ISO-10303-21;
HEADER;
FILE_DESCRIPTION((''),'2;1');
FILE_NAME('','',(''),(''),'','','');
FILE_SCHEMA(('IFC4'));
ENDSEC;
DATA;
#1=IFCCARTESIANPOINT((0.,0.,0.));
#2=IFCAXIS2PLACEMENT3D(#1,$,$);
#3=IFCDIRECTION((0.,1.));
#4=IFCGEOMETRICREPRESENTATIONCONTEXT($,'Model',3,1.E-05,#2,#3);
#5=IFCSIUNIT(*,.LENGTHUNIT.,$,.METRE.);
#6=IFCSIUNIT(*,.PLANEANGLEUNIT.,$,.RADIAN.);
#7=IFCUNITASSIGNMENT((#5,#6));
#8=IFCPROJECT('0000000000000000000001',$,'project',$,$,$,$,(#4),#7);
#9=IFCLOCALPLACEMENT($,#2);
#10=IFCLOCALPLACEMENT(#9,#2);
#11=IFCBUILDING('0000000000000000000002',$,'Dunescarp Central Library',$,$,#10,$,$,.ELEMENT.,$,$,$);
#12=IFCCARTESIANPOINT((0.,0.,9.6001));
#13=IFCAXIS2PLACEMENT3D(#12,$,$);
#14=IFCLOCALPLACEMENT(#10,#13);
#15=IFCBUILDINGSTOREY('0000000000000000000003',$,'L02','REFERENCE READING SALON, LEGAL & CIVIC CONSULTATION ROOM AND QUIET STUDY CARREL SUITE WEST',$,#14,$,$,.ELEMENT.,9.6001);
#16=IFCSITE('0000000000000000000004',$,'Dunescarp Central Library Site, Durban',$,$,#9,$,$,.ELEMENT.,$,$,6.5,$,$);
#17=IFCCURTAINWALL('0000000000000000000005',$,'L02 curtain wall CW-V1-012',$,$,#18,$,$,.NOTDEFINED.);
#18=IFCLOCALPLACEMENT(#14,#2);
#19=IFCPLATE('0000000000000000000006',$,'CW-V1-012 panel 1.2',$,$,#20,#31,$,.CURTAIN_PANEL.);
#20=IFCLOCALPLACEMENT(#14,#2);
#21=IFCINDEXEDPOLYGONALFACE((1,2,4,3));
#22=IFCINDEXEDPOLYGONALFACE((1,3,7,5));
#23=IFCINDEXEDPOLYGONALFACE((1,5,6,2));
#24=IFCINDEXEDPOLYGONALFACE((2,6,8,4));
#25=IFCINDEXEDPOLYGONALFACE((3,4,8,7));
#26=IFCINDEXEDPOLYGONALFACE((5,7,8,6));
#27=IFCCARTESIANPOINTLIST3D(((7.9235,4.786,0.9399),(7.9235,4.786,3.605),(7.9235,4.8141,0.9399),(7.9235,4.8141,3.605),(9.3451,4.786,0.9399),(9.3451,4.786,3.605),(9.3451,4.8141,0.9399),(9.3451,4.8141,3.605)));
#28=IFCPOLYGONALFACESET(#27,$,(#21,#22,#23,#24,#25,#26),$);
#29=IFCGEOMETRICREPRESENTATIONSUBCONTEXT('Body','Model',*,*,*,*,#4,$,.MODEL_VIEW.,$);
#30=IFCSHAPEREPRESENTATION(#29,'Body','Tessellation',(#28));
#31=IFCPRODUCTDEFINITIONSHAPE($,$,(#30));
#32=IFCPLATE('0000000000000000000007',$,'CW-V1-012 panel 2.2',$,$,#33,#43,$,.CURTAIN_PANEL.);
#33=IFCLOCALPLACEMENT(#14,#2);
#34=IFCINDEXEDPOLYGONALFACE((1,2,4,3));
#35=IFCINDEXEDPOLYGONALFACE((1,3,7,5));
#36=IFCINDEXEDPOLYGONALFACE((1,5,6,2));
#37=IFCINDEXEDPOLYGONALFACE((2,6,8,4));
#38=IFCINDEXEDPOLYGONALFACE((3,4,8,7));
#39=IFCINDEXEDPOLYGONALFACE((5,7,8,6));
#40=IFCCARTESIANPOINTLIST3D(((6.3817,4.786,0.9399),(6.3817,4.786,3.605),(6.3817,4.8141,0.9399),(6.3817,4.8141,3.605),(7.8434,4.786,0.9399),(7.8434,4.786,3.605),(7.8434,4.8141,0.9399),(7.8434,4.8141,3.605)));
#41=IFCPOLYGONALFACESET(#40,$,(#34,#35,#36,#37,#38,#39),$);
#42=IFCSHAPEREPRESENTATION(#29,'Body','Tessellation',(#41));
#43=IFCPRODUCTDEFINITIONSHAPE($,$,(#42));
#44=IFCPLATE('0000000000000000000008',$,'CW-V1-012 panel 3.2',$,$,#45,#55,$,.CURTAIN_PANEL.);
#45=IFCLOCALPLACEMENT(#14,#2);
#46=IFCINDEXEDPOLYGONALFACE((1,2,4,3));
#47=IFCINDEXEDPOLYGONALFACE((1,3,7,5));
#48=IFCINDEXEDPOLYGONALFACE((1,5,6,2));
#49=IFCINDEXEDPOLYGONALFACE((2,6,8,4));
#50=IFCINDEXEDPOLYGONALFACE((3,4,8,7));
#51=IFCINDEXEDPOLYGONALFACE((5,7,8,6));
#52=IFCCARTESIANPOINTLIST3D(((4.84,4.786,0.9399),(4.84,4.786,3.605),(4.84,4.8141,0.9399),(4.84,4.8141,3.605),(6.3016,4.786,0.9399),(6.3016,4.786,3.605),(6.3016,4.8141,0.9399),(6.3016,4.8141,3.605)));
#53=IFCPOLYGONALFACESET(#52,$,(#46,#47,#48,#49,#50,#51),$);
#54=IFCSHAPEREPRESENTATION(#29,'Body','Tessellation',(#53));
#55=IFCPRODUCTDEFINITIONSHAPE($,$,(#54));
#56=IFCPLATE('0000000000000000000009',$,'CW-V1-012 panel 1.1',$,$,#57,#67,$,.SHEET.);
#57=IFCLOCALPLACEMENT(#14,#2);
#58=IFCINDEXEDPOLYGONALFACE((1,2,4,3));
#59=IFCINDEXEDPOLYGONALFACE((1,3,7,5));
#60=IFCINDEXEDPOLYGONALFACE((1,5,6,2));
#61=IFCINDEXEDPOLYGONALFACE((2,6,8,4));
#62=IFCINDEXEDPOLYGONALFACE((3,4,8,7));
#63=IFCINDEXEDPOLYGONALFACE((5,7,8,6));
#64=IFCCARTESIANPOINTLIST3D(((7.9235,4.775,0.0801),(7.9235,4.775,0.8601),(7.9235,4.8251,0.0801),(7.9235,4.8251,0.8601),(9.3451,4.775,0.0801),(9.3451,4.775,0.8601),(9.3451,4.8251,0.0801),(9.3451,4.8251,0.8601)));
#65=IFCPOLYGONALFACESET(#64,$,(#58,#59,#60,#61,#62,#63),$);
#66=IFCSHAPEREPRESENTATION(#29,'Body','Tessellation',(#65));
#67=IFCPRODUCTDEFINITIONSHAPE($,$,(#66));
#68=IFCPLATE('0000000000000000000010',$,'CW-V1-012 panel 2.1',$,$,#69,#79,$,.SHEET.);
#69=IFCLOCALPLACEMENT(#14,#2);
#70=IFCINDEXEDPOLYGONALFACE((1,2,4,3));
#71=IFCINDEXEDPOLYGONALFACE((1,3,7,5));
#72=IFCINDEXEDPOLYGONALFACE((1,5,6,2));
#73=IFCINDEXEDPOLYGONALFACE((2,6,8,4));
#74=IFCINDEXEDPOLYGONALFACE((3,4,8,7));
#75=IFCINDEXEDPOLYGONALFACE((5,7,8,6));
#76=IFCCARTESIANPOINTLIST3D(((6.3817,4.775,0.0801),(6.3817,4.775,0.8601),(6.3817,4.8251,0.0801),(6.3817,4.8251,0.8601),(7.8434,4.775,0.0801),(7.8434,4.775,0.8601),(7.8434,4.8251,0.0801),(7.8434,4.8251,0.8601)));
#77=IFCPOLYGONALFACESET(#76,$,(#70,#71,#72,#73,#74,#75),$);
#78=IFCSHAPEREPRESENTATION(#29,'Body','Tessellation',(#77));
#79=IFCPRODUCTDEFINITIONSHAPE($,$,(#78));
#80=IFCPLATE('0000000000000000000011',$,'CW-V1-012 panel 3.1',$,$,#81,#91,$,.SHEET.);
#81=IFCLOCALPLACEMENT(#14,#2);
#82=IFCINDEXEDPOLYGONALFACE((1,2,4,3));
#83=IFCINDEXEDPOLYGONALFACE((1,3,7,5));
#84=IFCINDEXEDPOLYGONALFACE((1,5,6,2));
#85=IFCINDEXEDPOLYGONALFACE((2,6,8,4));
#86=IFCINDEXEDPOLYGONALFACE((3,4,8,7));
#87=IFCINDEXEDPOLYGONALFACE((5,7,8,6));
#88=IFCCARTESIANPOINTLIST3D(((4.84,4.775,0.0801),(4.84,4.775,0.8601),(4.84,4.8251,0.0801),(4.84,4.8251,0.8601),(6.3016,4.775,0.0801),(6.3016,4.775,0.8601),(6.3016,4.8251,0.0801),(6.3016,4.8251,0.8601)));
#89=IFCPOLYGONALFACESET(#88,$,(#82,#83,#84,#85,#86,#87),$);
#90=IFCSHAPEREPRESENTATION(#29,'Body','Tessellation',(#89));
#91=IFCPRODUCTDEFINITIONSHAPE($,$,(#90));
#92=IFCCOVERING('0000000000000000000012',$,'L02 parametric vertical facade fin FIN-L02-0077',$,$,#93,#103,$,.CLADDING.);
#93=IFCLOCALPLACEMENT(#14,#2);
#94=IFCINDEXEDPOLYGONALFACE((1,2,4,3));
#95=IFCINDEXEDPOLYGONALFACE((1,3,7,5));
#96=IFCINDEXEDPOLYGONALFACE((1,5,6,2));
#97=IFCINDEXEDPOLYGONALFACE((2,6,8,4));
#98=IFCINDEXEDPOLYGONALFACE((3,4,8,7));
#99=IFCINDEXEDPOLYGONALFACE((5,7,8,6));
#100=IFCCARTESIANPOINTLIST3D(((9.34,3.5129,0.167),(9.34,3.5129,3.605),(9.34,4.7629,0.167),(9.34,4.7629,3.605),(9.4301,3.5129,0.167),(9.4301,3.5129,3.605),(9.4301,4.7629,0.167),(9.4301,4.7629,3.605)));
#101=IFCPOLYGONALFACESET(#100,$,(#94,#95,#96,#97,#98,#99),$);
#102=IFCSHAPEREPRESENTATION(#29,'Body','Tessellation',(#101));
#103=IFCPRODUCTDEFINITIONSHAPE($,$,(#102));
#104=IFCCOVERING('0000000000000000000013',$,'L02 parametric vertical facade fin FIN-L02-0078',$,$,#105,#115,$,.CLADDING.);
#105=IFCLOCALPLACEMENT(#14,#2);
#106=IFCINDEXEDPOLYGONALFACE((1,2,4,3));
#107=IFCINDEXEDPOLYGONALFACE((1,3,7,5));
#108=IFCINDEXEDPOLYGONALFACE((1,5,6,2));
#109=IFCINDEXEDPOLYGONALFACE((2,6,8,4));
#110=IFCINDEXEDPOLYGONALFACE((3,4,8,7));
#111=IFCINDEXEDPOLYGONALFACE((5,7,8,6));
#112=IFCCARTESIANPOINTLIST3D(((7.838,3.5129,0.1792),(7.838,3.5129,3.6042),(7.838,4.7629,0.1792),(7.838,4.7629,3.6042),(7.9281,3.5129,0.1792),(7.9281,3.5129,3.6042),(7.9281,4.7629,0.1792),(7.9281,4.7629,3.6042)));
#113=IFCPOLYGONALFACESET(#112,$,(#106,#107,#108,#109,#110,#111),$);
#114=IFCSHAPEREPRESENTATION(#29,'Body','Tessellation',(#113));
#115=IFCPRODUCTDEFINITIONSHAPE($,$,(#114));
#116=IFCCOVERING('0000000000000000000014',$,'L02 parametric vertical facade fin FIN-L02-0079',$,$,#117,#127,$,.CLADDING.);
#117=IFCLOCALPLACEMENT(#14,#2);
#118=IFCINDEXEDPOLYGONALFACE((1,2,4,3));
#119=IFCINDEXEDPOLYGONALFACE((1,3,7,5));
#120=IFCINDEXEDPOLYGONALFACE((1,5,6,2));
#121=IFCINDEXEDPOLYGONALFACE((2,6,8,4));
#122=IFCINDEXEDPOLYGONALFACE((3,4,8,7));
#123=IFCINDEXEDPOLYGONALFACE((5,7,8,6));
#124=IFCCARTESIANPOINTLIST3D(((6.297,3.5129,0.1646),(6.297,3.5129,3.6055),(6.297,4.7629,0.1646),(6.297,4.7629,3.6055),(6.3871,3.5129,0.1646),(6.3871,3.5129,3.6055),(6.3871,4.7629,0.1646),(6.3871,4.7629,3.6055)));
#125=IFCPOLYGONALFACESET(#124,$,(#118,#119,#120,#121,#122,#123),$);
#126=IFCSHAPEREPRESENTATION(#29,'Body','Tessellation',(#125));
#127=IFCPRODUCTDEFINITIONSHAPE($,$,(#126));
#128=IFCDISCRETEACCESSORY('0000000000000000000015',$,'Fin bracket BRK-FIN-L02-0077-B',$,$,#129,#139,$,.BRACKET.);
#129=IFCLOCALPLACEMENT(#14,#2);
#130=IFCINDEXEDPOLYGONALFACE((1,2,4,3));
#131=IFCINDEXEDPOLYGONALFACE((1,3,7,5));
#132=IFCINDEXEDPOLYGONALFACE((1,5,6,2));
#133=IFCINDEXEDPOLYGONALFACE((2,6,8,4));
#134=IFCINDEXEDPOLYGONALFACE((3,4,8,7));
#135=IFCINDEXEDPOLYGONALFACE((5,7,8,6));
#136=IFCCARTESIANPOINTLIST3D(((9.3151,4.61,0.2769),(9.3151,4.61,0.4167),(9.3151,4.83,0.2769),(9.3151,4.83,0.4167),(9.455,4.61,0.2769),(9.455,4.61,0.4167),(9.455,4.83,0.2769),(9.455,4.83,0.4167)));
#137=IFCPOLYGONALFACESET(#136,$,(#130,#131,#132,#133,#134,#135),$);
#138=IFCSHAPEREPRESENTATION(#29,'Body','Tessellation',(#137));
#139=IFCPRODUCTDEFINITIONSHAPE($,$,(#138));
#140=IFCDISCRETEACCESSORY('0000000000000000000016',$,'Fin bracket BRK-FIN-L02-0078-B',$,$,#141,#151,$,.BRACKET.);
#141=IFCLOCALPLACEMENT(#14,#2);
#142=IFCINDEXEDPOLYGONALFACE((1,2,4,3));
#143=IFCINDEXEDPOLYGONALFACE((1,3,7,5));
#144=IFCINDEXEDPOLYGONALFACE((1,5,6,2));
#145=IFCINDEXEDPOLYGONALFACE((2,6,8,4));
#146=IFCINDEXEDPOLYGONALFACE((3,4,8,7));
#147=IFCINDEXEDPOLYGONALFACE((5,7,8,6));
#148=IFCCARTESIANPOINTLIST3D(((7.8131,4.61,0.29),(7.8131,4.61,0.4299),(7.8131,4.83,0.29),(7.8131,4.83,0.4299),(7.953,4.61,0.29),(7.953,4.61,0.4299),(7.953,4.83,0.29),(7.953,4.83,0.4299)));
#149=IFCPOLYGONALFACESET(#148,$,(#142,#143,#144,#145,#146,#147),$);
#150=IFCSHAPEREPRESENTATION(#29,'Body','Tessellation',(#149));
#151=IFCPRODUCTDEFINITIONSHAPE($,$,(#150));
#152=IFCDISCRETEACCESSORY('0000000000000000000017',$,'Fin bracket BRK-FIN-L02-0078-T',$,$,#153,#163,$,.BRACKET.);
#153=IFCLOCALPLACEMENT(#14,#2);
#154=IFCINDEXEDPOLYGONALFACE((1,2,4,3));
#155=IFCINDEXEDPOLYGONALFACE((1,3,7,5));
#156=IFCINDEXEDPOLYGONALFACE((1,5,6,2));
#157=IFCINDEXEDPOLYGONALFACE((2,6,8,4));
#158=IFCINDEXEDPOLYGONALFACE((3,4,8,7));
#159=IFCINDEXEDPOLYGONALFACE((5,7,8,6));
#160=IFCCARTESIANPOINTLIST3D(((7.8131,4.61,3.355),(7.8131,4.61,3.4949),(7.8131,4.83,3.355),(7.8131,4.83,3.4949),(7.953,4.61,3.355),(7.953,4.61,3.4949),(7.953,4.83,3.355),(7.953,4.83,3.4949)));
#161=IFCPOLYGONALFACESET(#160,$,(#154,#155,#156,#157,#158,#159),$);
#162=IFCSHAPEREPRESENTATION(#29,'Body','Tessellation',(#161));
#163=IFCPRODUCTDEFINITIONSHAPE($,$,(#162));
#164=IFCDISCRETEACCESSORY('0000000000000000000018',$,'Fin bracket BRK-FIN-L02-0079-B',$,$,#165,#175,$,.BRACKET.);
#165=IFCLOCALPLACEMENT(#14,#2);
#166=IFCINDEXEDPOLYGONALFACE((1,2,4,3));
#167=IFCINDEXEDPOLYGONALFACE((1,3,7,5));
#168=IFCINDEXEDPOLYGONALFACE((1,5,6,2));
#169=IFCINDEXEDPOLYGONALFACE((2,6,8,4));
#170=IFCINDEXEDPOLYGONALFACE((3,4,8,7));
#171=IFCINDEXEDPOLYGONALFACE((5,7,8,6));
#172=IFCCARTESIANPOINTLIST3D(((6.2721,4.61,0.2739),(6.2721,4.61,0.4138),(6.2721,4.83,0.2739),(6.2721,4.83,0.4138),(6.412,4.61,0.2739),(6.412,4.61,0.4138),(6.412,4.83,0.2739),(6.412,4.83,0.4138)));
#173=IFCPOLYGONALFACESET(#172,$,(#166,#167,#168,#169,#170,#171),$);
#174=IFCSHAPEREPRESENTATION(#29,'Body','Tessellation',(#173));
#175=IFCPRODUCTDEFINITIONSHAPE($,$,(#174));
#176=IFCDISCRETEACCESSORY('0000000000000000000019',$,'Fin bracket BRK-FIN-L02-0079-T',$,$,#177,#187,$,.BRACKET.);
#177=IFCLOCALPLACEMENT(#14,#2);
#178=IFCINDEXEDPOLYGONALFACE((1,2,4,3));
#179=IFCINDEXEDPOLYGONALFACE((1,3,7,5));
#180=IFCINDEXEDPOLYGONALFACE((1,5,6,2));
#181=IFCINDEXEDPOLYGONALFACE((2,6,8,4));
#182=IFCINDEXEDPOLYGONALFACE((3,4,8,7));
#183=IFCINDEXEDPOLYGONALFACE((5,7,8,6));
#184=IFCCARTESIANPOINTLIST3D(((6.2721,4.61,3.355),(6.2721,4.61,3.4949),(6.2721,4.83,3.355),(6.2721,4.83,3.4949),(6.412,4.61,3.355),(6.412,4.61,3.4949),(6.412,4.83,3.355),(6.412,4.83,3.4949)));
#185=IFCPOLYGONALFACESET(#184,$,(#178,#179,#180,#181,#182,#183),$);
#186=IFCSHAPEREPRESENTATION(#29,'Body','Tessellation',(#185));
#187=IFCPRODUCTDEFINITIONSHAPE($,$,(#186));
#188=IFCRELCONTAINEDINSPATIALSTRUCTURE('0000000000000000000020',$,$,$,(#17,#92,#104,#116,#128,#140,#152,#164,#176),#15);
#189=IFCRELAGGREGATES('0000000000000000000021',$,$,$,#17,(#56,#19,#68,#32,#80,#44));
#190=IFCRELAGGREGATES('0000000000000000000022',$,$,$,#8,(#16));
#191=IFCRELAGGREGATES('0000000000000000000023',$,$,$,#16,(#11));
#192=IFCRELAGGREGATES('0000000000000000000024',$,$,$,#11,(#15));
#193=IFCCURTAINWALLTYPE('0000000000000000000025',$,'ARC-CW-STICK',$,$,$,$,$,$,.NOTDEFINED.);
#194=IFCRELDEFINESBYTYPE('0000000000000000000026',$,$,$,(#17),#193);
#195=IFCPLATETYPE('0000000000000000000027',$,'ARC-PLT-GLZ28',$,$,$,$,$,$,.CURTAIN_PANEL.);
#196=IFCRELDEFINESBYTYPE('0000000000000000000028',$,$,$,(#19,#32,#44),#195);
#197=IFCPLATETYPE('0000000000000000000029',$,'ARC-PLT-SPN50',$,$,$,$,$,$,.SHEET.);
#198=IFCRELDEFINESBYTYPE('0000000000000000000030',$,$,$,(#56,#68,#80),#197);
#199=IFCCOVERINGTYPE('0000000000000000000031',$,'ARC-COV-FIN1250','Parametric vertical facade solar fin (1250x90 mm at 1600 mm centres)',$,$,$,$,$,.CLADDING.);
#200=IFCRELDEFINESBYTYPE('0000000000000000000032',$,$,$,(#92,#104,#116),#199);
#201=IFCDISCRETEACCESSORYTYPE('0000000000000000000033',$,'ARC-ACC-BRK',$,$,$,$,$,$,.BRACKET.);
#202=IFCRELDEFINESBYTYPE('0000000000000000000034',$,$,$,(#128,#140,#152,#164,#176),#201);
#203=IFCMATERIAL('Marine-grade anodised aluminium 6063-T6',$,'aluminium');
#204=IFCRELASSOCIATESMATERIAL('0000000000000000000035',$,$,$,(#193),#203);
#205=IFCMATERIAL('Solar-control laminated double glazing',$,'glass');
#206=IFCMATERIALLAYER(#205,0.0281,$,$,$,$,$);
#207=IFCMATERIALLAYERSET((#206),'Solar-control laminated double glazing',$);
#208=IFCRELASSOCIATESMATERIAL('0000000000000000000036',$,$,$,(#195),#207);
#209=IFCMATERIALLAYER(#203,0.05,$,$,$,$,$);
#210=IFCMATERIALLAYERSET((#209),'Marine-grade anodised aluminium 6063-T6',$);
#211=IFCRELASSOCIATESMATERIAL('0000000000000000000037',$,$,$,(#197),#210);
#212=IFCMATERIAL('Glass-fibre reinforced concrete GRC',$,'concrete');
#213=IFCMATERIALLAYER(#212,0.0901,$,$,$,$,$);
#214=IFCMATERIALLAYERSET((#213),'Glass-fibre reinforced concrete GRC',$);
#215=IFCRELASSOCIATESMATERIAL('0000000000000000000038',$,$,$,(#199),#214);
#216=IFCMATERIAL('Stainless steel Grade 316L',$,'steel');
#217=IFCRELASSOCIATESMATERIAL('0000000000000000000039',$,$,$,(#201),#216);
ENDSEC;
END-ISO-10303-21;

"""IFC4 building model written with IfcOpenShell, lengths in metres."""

from ifc_helpers import new_model, si_unit, direction, frame, origin, origin_2d, place, context, subcontext, project, spatial, rectangle, extrude, material, layer, layer_set, type_object, element, aggregate, save


model = new_model("IFC4")

# Units and contexts
model_context = context("Model", 3, precision=1e-05, world=origin(), true_north=direction((0.0, 1.0)))
body_context = subcontext(model_context, "Body", "Model", "MODEL_VIEW")
ifc_project = project(units=[si_unit("LENGTHUNIT", "METRE"), si_unit("PLANEANGLEUNIT", "RADIAN")], contexts=[model_context])

# Site, building, storey
site_placement = place(None, origin())
site = spatial("IfcSite", under=ifc_project, at=site_placement, Name="Dunescarp Central Library Site, Durban", CompositionType="ELEMENT", RefElevation=6.5)
building_placement = place(site_placement, origin())
building = spatial("IfcBuilding", under=site, at=building_placement, Name="Dunescarp Central Library", CompositionType="ELEMENT")
storey_placement = place(building_placement, frame((0.0, 0.0, 9.6001)))
storey = spatial("IfcBuildingStorey", under=building, at=storey_placement, Name="L02", Description="REFERENCE READING SALON, LEGAL & CIVIC CONSULTATION ROOM AND QUIET STUDY CARREL SUITE WEST", CompositionType="ELEMENT", Elevation=9.6001)

# Curtain wall, plates
ifc_material_1 = material(Name="Marine-grade anodised aluminium 6063-T6", Category="aluminium")
curtain_wall_type = type_object("IfcCurtainWallType", Name="ARC-CW-STICK", PredefinedType="NOTDEFINED", material=ifc_material_1)
curtain_wall_placement = place(storey_placement, origin())
curtain_wall = element("IfcCurtainWall", 1, at=curtain_wall_placement, inside=storey, type_object=curtain_wall_type, Name="L02 curtain wall CW-V1-012", PredefinedType="NOTDEFINED")
ifc_material_2 = material(Name="Solar-control laminated double glazing", Category="glass")
ifc_layer_1 = layer(ifc_material_2, 0.0281)
ifc_layer_set_1 = layer_set([ifc_layer_1], Name="Solar-control laminated double glazing")
plate_type_1 = type_object("IfcPlateType", Name="ARC-PLT-GLZ28", PredefinedType="CURTAIN_PANEL", material=ifc_layer_set_1)
plate_1_placement = place(storey_placement, frame((8.6343, 4.8, 0.9399), z_axis=(0.0, 0.0, 1.0), x_axis=(-1.0, 0.0, 0.0)))
plate_1 = element("IfcPlate", 2, at=plate_1_placement, type_object=plate_type_1, Name="CW-V1-012 panel 1.2", PredefinedType="CURTAIN_PANEL", context=body_context, shape_type="SweptSolid", body=[
    extrude(rectangle(XDim=1.4216, YDim=0.0281, at=origin_2d()), origin(), (0.0, 0.0, 1.0), 2.665),
])
plate_2_placement = place(storey_placement, frame((7.1125, 4.8, 0.9399), z_axis=(0.0, 0.0, 1.0), x_axis=(-1.0, 0.0, 0.0)))
plate_2 = element("IfcPlate", 3, at=plate_2_placement, type_object=plate_type_1, Name="CW-V1-012 panel 2.2", PredefinedType="CURTAIN_PANEL", context=body_context, shape_type="SweptSolid", body=[
    extrude(rectangle(XDim=1.4617, YDim=0.0281, at=origin_2d()), origin(), (0.0, 0.0, 1.0), 2.665),
])
plate_3_placement = place(storey_placement, frame((5.5708, 4.8, 0.9399), z_axis=(0.0, 0.0, 1.0), x_axis=(-1.0, 0.0, 0.0)))
plate_3 = element("IfcPlate", 4, at=plate_3_placement, type_object=plate_type_1, Name="CW-V1-012 panel 3.2", PredefinedType="CURTAIN_PANEL", context=body_context, shape_type="SweptSolid", body=[
    extrude(rectangle(XDim=1.4617, YDim=0.0281, at=origin_2d()), origin(), (0.0, 0.0, 1.0), 2.665),
])
ifc_layer_2 = layer(ifc_material_1, 0.05)
ifc_layer_set_2 = layer_set([ifc_layer_2], Name="Marine-grade anodised aluminium 6063-T6")
plate_type_2 = type_object("IfcPlateType", Name="ARC-PLT-SPN50", PredefinedType="SHEET", material=ifc_layer_set_2)
plate_4_placement = place(storey_placement, frame((8.6343, 4.8, 0.0801), z_axis=(0.0, 0.0, 1.0), x_axis=(-1.0, 0.0, 0.0)))
plate_4 = element("IfcPlate", 5, at=plate_4_placement, type_object=plate_type_2, Name="CW-V1-012 panel 1.1", PredefinedType="SHEET", context=body_context, shape_type="SweptSolid", body=[
    extrude(rectangle(XDim=1.4216, YDim=0.05, at=origin_2d()), origin(), (0.0, 0.0, 1.0), 0.78),
])
plate_5_placement = place(storey_placement, frame((7.1125, 4.8, 0.0801), z_axis=(0.0, 0.0, 1.0), x_axis=(-1.0, 0.0, 0.0)))
plate_5 = element("IfcPlate", 6, at=plate_5_placement, type_object=plate_type_2, Name="CW-V1-012 panel 2.1", PredefinedType="SHEET", context=body_context, shape_type="SweptSolid", body=[
    extrude(rectangle(XDim=1.4617, YDim=0.05, at=origin_2d()), origin(), (0.0, 0.0, 1.0), 0.78),
])
plate_6_placement = place(storey_placement, frame((5.5708, 4.8, 0.0801), z_axis=(0.0, 0.0, 1.0), x_axis=(-1.0, 0.0, 0.0)))
plate_6 = element("IfcPlate", 7, at=plate_6_placement, type_object=plate_type_2, Name="CW-V1-012 panel 3.1", PredefinedType="SHEET", context=body_context, shape_type="SweptSolid", body=[
    extrude(rectangle(XDim=1.4617, YDim=0.05, at=origin_2d()), origin(), (0.0, 0.0, 1.0), 0.78),
])
aggregate(curtain_wall, [plate_4, plate_1, plate_5, plate_2, plate_6, plate_3])

# Coverings
ifc_material_3 = material(Name="Glass-fibre reinforced concrete GRC", Category="concrete")
ifc_layer_3 = layer(ifc_material_3, 0.0901)
ifc_layer_set_3 = layer_set([ifc_layer_3], Name="Glass-fibre reinforced concrete GRC")
covering_type = type_object("IfcCoveringType", Name="ARC-COV-FIN1250", Description="Parametric vertical facade solar fin (1250x90 mm at 1600 mm centres)", PredefinedType="CLADDING", material=ifc_layer_set_3)
covering_1_placement = place(storey_placement, frame((9.385, 4.1379, 0.167), z_axis=(0.0, 0.0, 1.0), x_axis=(0.0, -1.0, 0.0)))
element("IfcCovering", 8, at=covering_1_placement, inside=storey, type_object=covering_type, Name="L02 parametric vertical facade fin FIN-L02-0077", PredefinedType="CLADDING", context=body_context, shape_type="SweptSolid", body=[
    extrude(rectangle(XDim=1.25, YDim=0.0901, at=origin_2d()), origin(), (0.0, 0.0, 1.0), 3.438),
])
covering_2_placement = place(storey_placement, frame((7.8831, 4.1379, 0.1792), z_axis=(0.0, 0.0, 1.0), x_axis=(0.0, -1.0, 0.0)))
element("IfcCovering", 9, at=covering_2_placement, inside=storey, type_object=covering_type, Name="L02 parametric vertical facade fin FIN-L02-0078", PredefinedType="CLADDING", context=body_context, shape_type="SweptSolid", body=[
    extrude(rectangle(XDim=1.25, YDim=0.0901, at=origin_2d()), origin(), (0.0, 0.0, 1.0), 3.425),
])
covering_3_placement = place(storey_placement, frame((6.342, 4.1379, 0.1646), z_axis=(0.0, 0.0, 1.0), x_axis=(0.0, -1.0, 0.0)))
element("IfcCovering", 10, at=covering_3_placement, inside=storey, type_object=covering_type, Name="L02 parametric vertical facade fin FIN-L02-0079", PredefinedType="CLADDING", context=body_context, shape_type="SweptSolid", body=[
    extrude(rectangle(XDim=1.25, YDim=0.0901, at=origin_2d()), origin(), (0.0, 0.0, 1.0), 3.4409),
])

# Discrete accessories
ifc_material_4 = material(Name="Stainless steel Grade 316L", Category="steel")
discrete_accessory_type = type_object("IfcDiscreteAccessoryType", Name="ARC-ACC-BRK", PredefinedType="BRACKET", material=ifc_material_4)
for number, where, z_axis, x_axis, name in (
    (11, (9.385, 4.72, 0.2769), (0.0, 0.0, 1.0), (0.0, -1.0, 0.0), "Fin bracket BRK-FIN-L02-0077-B"),
    (12, (7.8831, 4.72, 0.29), (0.0, 0.0, 1.0), (0.0, -1.0, 0.0), "Fin bracket BRK-FIN-L02-0078-B"),
    (13, (7.8831, 4.72, 3.355), (0.0, 0.0, 1.0), (0.0, -1.0, 0.0), "Fin bracket BRK-FIN-L02-0078-T"),
    (14, (6.342, 4.72, 0.2739), (0.0, 0.0, 1.0), (0.0, -1.0, 0.0), "Fin bracket BRK-FIN-L02-0079-B"),
    (15, (6.342, 4.72, 3.355), (0.0, 0.0, 1.0), (0.0, -1.0, 0.0), "Fin bracket BRK-FIN-L02-0079-T"),
):
    element("IfcDiscreteAccessory", number, at=place(storey_placement, frame(where, z_axis=z_axis, x_axis=x_axis)), inside=storey, type_object=discrete_accessory_type, Name=name, PredefinedType="BRACKET", context=body_context, shape_type="SweptSolid", body=[
        extrude(rectangle(XDim=0.22, YDim=0.1399, at=origin_2d()), origin(), (0.0, 0.0, 1.0), 0.1399),
    ])

save(model, "model.ifc")
